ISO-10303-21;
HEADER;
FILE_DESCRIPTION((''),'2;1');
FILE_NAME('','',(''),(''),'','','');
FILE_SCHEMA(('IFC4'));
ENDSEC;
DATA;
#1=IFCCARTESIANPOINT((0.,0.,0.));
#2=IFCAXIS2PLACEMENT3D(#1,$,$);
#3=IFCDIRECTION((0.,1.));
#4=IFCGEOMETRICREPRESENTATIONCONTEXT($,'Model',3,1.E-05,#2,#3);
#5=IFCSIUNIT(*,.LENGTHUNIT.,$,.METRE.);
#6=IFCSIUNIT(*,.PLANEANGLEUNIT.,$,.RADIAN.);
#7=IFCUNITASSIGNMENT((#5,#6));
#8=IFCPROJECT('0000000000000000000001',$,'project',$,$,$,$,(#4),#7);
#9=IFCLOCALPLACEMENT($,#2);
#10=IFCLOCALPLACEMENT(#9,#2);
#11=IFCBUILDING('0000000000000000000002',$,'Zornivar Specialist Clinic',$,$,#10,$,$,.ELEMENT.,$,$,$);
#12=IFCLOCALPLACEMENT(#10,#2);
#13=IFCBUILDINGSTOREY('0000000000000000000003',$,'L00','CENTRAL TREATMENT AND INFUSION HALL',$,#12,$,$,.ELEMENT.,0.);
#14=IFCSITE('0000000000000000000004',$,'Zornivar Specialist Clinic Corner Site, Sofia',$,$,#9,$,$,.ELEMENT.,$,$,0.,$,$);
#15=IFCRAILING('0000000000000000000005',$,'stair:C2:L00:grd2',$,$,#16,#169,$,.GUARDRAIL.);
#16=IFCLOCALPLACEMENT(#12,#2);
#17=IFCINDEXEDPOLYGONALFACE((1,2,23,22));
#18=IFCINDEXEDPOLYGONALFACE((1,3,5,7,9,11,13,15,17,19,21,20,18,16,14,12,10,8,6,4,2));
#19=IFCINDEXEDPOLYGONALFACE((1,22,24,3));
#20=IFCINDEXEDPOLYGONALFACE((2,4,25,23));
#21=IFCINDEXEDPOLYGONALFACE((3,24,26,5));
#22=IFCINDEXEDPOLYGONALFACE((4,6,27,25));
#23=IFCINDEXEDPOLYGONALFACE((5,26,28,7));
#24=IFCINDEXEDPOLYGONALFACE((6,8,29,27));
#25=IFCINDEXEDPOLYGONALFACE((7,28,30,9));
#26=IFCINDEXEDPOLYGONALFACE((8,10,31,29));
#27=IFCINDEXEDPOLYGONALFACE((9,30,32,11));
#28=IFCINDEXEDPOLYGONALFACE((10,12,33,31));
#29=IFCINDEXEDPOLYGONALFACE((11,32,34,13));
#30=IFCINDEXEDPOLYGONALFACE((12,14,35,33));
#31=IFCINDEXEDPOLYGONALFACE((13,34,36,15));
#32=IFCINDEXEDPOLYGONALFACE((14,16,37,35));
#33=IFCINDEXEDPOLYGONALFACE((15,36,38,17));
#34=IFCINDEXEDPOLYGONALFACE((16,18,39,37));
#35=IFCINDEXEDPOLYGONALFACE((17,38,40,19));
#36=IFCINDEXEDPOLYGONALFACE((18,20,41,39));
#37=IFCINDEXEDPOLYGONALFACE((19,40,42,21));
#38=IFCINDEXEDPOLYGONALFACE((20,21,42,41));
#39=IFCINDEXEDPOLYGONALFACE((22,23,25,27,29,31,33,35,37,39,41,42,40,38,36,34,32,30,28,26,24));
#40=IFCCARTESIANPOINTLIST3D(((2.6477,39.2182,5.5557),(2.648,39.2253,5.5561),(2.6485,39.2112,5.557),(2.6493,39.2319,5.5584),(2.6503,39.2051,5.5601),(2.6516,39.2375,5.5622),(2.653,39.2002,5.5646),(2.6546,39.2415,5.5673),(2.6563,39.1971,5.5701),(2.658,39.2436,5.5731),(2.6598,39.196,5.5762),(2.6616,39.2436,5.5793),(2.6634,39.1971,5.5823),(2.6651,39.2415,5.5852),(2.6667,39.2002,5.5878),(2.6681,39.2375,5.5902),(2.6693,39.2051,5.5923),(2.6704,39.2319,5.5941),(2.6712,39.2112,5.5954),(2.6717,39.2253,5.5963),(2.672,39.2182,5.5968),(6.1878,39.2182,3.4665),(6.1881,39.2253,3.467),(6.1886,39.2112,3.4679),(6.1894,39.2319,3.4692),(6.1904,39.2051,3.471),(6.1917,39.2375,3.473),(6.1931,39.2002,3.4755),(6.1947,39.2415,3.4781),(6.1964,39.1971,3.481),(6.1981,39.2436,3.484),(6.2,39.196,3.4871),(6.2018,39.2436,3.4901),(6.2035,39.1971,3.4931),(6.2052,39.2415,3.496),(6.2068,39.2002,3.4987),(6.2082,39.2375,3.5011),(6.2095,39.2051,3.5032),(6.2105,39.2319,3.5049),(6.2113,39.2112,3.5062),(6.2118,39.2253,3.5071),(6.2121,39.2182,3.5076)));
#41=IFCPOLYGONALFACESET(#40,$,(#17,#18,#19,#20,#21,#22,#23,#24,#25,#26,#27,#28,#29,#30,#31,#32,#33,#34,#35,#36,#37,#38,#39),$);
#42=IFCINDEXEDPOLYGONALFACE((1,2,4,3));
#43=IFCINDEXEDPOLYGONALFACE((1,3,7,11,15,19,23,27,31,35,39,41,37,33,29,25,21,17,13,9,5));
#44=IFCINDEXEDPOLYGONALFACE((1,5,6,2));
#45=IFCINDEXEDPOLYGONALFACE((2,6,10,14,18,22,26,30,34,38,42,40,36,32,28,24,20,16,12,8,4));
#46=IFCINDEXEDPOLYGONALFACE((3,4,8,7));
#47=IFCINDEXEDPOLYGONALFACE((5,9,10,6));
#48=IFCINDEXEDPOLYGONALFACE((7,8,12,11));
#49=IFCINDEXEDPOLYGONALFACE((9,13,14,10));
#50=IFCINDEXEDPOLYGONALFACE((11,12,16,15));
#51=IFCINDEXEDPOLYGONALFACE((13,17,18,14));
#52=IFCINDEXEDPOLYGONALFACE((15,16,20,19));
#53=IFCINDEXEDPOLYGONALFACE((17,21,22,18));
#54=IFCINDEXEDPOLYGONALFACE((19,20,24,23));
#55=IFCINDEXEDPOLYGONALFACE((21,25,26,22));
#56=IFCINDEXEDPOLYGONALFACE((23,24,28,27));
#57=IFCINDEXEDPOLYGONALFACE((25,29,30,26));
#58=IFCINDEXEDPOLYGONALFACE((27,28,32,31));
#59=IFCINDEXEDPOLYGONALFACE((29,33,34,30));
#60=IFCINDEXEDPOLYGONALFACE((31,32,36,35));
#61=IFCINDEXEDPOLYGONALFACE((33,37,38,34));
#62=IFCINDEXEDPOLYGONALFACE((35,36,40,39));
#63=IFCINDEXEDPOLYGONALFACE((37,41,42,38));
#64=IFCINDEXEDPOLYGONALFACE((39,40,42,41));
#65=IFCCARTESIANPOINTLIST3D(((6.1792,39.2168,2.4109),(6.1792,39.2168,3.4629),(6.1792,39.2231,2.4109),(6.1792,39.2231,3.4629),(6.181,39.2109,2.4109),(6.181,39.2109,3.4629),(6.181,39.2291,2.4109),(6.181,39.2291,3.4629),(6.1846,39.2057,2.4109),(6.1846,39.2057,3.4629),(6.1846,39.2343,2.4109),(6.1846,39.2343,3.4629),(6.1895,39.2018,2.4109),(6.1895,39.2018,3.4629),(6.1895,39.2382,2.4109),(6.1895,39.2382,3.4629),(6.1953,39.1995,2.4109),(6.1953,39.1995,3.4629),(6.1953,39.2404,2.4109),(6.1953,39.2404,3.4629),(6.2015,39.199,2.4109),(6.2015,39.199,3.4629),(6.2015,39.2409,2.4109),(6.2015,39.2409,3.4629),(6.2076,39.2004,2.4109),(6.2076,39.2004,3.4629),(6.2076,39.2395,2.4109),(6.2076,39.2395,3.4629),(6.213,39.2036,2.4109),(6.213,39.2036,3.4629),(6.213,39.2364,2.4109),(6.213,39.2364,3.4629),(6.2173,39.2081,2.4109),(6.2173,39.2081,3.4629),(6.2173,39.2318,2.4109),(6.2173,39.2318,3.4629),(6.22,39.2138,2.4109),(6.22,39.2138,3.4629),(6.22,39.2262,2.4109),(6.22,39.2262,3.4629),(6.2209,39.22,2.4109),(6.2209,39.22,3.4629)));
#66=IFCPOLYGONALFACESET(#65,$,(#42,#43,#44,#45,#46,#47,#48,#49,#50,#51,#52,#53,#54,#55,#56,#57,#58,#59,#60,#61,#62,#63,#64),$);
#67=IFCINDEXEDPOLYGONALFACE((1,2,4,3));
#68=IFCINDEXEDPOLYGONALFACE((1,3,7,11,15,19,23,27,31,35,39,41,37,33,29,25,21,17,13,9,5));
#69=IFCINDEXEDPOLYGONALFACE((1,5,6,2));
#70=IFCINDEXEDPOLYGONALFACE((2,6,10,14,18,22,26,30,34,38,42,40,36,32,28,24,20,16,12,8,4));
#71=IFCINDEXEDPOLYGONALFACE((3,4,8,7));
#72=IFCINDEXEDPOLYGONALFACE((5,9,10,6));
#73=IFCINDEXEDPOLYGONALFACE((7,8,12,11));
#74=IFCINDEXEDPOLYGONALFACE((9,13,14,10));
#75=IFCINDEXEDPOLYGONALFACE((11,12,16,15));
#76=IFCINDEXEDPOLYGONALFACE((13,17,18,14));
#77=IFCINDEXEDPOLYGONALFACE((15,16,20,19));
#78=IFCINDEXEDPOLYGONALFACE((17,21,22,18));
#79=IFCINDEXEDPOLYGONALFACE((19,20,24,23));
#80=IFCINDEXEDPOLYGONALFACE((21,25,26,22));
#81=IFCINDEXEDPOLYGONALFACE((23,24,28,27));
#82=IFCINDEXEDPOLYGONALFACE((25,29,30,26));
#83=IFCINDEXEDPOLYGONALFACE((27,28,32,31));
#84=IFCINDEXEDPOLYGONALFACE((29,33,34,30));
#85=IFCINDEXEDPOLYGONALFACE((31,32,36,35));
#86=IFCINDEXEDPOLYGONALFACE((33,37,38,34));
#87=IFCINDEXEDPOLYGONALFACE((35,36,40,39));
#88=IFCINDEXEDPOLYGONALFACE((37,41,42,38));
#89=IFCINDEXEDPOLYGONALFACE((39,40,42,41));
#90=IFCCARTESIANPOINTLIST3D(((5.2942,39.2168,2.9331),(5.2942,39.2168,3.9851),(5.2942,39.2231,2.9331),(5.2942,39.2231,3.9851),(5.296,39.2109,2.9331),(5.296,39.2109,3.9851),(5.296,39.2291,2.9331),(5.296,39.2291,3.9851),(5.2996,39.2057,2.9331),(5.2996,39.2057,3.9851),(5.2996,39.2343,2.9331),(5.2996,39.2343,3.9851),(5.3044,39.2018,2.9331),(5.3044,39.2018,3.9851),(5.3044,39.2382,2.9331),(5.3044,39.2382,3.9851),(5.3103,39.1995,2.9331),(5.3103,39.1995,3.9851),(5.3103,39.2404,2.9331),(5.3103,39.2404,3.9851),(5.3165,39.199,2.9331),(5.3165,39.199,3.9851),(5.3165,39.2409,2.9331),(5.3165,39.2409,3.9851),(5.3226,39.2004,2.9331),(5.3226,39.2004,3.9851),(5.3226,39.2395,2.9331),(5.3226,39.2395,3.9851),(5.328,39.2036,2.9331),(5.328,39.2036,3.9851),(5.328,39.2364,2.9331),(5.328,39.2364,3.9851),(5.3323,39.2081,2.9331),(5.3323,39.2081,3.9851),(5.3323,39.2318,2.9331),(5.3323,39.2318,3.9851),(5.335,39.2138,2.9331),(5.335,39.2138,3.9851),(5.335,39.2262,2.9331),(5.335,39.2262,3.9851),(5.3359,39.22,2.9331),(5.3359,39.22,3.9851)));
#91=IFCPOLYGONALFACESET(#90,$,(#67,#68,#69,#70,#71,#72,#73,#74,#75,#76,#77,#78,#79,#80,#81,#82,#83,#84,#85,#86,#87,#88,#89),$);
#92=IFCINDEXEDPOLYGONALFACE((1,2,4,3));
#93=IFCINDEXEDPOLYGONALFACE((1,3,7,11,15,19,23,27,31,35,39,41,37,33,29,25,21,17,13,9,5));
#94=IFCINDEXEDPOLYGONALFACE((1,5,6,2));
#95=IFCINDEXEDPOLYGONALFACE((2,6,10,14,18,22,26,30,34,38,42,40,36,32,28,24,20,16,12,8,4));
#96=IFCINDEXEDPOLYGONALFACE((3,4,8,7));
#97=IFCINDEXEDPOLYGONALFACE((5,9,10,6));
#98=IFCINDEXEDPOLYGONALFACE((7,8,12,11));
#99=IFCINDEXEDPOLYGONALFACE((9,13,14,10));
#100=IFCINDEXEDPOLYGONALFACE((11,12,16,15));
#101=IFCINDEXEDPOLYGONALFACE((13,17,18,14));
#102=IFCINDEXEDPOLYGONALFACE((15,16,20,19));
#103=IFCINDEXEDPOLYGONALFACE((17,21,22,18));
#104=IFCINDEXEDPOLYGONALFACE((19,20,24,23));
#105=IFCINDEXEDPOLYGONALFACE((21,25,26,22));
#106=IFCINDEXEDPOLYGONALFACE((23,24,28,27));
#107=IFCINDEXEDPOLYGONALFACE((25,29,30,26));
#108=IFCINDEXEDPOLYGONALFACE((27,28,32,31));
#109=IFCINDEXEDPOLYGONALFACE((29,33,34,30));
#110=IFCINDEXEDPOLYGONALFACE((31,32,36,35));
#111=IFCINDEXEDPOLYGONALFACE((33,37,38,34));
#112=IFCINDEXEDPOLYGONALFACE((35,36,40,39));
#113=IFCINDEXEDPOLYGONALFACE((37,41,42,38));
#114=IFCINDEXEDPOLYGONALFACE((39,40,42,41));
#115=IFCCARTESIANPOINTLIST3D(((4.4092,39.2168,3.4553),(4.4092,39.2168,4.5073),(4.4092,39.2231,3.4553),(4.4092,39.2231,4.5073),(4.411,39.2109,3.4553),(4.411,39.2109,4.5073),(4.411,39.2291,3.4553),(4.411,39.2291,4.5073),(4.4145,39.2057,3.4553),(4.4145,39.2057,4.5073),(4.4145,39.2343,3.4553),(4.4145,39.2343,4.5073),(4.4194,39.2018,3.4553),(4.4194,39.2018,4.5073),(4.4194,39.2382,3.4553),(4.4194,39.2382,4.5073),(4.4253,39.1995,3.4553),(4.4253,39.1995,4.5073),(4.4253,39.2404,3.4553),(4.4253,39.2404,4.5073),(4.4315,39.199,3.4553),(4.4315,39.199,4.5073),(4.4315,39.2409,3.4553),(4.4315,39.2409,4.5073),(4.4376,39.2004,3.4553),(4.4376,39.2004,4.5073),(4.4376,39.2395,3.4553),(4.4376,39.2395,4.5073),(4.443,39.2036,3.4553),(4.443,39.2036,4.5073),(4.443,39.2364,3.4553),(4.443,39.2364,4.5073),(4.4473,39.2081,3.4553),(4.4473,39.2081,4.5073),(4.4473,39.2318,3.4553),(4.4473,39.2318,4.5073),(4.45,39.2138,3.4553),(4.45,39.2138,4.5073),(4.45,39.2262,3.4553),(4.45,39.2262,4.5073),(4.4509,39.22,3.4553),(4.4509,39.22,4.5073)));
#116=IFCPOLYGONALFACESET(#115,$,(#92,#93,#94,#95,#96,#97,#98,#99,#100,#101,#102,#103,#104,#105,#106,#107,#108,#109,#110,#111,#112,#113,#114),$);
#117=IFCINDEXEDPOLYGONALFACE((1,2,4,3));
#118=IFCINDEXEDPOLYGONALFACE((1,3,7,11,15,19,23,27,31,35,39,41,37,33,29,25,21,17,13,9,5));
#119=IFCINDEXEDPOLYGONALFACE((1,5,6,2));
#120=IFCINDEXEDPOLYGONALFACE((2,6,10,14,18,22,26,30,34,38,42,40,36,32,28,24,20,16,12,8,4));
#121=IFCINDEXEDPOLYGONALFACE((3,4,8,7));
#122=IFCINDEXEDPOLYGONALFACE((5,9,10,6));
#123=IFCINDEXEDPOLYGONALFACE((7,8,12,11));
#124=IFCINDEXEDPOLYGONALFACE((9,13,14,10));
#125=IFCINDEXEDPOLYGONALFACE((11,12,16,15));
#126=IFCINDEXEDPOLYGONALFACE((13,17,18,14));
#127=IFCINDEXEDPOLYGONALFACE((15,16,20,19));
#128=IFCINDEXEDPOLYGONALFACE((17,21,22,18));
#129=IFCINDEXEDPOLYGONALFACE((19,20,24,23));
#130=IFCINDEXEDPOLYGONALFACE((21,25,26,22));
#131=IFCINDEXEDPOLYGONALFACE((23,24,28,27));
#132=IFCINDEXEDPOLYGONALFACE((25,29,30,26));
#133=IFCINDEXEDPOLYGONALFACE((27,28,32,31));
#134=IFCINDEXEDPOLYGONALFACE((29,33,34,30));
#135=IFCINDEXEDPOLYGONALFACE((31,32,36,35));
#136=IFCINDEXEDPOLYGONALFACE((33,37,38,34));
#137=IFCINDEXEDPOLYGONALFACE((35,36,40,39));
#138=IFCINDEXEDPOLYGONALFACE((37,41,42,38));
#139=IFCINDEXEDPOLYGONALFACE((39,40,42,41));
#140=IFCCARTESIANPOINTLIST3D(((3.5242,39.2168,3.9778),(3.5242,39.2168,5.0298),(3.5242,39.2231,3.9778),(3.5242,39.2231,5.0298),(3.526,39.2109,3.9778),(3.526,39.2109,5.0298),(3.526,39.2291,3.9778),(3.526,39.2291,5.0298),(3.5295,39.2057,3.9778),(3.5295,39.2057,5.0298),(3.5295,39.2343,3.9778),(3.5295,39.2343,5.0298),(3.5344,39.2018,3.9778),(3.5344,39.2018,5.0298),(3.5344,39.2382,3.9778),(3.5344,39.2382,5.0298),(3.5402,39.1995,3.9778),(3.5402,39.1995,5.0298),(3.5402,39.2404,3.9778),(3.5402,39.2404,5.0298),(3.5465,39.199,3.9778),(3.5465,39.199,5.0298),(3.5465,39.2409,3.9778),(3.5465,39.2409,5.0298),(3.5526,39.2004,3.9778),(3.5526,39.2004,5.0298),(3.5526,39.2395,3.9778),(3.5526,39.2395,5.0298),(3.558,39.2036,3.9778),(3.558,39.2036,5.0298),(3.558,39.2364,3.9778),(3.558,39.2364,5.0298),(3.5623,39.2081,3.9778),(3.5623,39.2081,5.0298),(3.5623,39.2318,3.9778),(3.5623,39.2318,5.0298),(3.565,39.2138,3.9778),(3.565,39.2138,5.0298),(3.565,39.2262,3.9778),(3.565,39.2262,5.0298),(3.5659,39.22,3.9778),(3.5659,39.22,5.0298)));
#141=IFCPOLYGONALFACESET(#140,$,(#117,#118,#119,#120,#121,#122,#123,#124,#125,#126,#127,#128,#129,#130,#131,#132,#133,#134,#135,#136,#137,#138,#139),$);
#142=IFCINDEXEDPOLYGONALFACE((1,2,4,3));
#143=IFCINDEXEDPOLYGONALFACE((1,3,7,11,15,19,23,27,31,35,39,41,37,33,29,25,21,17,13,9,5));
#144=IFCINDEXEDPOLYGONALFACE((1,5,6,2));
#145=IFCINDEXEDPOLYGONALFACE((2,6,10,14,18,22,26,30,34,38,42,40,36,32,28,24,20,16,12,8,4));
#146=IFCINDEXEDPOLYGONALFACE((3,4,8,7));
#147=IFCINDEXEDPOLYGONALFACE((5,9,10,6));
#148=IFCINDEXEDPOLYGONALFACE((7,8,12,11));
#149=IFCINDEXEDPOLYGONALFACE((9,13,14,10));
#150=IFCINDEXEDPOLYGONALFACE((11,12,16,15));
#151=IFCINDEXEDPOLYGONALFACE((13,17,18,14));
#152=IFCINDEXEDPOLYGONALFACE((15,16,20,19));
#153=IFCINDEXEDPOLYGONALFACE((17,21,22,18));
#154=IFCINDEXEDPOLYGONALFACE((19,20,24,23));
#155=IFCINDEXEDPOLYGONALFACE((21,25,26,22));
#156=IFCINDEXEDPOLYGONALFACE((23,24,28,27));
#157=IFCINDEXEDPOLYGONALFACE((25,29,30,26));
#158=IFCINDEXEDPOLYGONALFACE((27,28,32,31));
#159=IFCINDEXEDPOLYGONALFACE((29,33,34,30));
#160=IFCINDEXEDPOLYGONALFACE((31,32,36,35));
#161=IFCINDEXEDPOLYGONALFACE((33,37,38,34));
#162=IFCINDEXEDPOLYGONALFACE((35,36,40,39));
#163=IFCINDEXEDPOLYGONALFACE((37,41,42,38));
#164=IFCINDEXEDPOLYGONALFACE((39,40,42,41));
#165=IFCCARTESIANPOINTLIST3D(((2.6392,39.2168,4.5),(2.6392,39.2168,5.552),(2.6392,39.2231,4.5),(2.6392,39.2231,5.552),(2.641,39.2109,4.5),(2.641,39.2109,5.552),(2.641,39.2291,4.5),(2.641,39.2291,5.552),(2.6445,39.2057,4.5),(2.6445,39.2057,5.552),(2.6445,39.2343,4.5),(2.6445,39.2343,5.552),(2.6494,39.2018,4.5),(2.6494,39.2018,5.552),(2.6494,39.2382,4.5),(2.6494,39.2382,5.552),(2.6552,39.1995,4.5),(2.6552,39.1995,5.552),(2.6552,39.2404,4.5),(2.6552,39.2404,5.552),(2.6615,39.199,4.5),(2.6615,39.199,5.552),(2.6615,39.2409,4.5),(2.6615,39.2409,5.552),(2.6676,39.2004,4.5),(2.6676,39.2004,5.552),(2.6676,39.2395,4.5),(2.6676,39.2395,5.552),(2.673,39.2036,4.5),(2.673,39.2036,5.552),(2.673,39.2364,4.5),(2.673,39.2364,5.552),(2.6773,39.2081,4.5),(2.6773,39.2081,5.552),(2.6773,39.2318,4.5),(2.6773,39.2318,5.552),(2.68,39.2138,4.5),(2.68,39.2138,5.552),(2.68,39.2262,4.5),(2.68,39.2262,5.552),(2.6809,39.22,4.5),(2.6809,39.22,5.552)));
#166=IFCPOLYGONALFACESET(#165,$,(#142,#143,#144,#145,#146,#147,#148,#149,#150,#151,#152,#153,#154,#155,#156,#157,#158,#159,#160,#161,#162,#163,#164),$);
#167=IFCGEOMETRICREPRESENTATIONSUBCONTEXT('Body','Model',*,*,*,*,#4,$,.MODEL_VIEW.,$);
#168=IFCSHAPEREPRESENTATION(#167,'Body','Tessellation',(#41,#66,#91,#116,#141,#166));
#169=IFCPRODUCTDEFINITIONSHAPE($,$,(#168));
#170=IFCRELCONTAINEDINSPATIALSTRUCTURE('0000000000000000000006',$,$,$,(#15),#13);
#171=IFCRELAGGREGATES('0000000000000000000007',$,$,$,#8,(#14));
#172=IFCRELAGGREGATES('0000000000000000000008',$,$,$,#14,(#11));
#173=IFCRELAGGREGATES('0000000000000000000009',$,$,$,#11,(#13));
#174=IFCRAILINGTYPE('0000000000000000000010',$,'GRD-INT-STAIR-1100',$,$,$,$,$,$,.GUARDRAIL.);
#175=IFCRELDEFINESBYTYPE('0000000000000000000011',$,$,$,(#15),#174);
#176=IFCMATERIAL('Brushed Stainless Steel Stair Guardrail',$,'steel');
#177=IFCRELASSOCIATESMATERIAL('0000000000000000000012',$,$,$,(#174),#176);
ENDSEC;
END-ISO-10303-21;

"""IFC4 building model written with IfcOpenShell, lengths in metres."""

from ifc_helpers import new_model, si_unit, direction, frame, origin, origin_2d, place, context, subcontext, project, spatial, circle, extrude, material, type_object, element, save


model = new_model("IFC4")

# Units and contexts
model_context = context("Model", 3, precision=1e-05, world=origin(), true_north=direction((0.0, 1.0)))
body_context = subcontext(model_context, "Body", "Model", "MODEL_VIEW")
ifc_project = project(units=[si_unit("LENGTHUNIT", "METRE"), si_unit("PLANEANGLEUNIT", "RADIAN")], contexts=[model_context])

# Site, building, storey
site_placement = place(None, origin())
site = spatial("IfcSite", under=ifc_project, at=site_placement, Name="Zornivar Specialist Clinic Corner Site, Sofia", CompositionType="ELEMENT", RefElevation=0.0)
building_placement = place(site_placement, origin())
building = spatial("IfcBuilding", under=site, at=building_placement, Name="Zornivar Specialist Clinic", CompositionType="ELEMENT")
storey_placement = place(building_placement, origin())
storey = spatial("IfcBuildingStorey", under=building, at=storey_placement, Name="L00", Description="CENTRAL TREATMENT AND INFUSION HALL", CompositionType="ELEMENT", Elevation=0.0)

# Railing
ifc_material_1 = material(Name="Brushed Stainless Steel Stair Guardrail", Category="steel")
railing_type_1 = type_object("IfcRailingType", Name="GRD-INT-STAIR-1100", PredefinedType="GUARDRAIL", material=ifc_material_1)
railing_1_placement = place(storey_placement, frame((6.2, 39.22, 2.4109)))
element("IfcRailing", 1, at=railing_1_placement, inside=storey, type_object=railing_type_1, Name="stair:C2:L00:grd2", PredefinedType="GUARDRAIL", context=body_context, shape_type="SweptSolid", body=[
    extrude(circle(Radius=0.0239, at=origin_2d()), frame((0.0, 0.0, 1.0762), z_axis=(-0.861217, 0.0, 0.508237), x_axis=(0.0, -1.0, 0.0)), (0.0, 0.0, 1.0), 4.1106),
    extrude(circle(Radius=0.021, at=origin_2d()), origin(), (0.0, 0.0, 1.0), 1.052),
    extrude(circle(Radius=0.021, at=origin_2d()), frame((-0.885, 0.0, 0.5222)), (0.0, 0.0, 1.0), 1.052),
    extrude(circle(Radius=0.021, at=origin_2d()), frame((-1.77, 0.0, 1.0444)), (0.0, 0.0, 1.0), 1.052),
    extrude(circle(Radius=0.021, at=origin_2d()), frame((-2.655, 0.0, 1.5669)), (0.0, 0.0, 1.0), 1.052),
    extrude(circle(Radius=0.021, at=origin_2d()), frame((-3.54, 0.0, 2.0891)), (0.0, 0.0, 1.0), 1.052),
])

save(model, "model.ifc")
